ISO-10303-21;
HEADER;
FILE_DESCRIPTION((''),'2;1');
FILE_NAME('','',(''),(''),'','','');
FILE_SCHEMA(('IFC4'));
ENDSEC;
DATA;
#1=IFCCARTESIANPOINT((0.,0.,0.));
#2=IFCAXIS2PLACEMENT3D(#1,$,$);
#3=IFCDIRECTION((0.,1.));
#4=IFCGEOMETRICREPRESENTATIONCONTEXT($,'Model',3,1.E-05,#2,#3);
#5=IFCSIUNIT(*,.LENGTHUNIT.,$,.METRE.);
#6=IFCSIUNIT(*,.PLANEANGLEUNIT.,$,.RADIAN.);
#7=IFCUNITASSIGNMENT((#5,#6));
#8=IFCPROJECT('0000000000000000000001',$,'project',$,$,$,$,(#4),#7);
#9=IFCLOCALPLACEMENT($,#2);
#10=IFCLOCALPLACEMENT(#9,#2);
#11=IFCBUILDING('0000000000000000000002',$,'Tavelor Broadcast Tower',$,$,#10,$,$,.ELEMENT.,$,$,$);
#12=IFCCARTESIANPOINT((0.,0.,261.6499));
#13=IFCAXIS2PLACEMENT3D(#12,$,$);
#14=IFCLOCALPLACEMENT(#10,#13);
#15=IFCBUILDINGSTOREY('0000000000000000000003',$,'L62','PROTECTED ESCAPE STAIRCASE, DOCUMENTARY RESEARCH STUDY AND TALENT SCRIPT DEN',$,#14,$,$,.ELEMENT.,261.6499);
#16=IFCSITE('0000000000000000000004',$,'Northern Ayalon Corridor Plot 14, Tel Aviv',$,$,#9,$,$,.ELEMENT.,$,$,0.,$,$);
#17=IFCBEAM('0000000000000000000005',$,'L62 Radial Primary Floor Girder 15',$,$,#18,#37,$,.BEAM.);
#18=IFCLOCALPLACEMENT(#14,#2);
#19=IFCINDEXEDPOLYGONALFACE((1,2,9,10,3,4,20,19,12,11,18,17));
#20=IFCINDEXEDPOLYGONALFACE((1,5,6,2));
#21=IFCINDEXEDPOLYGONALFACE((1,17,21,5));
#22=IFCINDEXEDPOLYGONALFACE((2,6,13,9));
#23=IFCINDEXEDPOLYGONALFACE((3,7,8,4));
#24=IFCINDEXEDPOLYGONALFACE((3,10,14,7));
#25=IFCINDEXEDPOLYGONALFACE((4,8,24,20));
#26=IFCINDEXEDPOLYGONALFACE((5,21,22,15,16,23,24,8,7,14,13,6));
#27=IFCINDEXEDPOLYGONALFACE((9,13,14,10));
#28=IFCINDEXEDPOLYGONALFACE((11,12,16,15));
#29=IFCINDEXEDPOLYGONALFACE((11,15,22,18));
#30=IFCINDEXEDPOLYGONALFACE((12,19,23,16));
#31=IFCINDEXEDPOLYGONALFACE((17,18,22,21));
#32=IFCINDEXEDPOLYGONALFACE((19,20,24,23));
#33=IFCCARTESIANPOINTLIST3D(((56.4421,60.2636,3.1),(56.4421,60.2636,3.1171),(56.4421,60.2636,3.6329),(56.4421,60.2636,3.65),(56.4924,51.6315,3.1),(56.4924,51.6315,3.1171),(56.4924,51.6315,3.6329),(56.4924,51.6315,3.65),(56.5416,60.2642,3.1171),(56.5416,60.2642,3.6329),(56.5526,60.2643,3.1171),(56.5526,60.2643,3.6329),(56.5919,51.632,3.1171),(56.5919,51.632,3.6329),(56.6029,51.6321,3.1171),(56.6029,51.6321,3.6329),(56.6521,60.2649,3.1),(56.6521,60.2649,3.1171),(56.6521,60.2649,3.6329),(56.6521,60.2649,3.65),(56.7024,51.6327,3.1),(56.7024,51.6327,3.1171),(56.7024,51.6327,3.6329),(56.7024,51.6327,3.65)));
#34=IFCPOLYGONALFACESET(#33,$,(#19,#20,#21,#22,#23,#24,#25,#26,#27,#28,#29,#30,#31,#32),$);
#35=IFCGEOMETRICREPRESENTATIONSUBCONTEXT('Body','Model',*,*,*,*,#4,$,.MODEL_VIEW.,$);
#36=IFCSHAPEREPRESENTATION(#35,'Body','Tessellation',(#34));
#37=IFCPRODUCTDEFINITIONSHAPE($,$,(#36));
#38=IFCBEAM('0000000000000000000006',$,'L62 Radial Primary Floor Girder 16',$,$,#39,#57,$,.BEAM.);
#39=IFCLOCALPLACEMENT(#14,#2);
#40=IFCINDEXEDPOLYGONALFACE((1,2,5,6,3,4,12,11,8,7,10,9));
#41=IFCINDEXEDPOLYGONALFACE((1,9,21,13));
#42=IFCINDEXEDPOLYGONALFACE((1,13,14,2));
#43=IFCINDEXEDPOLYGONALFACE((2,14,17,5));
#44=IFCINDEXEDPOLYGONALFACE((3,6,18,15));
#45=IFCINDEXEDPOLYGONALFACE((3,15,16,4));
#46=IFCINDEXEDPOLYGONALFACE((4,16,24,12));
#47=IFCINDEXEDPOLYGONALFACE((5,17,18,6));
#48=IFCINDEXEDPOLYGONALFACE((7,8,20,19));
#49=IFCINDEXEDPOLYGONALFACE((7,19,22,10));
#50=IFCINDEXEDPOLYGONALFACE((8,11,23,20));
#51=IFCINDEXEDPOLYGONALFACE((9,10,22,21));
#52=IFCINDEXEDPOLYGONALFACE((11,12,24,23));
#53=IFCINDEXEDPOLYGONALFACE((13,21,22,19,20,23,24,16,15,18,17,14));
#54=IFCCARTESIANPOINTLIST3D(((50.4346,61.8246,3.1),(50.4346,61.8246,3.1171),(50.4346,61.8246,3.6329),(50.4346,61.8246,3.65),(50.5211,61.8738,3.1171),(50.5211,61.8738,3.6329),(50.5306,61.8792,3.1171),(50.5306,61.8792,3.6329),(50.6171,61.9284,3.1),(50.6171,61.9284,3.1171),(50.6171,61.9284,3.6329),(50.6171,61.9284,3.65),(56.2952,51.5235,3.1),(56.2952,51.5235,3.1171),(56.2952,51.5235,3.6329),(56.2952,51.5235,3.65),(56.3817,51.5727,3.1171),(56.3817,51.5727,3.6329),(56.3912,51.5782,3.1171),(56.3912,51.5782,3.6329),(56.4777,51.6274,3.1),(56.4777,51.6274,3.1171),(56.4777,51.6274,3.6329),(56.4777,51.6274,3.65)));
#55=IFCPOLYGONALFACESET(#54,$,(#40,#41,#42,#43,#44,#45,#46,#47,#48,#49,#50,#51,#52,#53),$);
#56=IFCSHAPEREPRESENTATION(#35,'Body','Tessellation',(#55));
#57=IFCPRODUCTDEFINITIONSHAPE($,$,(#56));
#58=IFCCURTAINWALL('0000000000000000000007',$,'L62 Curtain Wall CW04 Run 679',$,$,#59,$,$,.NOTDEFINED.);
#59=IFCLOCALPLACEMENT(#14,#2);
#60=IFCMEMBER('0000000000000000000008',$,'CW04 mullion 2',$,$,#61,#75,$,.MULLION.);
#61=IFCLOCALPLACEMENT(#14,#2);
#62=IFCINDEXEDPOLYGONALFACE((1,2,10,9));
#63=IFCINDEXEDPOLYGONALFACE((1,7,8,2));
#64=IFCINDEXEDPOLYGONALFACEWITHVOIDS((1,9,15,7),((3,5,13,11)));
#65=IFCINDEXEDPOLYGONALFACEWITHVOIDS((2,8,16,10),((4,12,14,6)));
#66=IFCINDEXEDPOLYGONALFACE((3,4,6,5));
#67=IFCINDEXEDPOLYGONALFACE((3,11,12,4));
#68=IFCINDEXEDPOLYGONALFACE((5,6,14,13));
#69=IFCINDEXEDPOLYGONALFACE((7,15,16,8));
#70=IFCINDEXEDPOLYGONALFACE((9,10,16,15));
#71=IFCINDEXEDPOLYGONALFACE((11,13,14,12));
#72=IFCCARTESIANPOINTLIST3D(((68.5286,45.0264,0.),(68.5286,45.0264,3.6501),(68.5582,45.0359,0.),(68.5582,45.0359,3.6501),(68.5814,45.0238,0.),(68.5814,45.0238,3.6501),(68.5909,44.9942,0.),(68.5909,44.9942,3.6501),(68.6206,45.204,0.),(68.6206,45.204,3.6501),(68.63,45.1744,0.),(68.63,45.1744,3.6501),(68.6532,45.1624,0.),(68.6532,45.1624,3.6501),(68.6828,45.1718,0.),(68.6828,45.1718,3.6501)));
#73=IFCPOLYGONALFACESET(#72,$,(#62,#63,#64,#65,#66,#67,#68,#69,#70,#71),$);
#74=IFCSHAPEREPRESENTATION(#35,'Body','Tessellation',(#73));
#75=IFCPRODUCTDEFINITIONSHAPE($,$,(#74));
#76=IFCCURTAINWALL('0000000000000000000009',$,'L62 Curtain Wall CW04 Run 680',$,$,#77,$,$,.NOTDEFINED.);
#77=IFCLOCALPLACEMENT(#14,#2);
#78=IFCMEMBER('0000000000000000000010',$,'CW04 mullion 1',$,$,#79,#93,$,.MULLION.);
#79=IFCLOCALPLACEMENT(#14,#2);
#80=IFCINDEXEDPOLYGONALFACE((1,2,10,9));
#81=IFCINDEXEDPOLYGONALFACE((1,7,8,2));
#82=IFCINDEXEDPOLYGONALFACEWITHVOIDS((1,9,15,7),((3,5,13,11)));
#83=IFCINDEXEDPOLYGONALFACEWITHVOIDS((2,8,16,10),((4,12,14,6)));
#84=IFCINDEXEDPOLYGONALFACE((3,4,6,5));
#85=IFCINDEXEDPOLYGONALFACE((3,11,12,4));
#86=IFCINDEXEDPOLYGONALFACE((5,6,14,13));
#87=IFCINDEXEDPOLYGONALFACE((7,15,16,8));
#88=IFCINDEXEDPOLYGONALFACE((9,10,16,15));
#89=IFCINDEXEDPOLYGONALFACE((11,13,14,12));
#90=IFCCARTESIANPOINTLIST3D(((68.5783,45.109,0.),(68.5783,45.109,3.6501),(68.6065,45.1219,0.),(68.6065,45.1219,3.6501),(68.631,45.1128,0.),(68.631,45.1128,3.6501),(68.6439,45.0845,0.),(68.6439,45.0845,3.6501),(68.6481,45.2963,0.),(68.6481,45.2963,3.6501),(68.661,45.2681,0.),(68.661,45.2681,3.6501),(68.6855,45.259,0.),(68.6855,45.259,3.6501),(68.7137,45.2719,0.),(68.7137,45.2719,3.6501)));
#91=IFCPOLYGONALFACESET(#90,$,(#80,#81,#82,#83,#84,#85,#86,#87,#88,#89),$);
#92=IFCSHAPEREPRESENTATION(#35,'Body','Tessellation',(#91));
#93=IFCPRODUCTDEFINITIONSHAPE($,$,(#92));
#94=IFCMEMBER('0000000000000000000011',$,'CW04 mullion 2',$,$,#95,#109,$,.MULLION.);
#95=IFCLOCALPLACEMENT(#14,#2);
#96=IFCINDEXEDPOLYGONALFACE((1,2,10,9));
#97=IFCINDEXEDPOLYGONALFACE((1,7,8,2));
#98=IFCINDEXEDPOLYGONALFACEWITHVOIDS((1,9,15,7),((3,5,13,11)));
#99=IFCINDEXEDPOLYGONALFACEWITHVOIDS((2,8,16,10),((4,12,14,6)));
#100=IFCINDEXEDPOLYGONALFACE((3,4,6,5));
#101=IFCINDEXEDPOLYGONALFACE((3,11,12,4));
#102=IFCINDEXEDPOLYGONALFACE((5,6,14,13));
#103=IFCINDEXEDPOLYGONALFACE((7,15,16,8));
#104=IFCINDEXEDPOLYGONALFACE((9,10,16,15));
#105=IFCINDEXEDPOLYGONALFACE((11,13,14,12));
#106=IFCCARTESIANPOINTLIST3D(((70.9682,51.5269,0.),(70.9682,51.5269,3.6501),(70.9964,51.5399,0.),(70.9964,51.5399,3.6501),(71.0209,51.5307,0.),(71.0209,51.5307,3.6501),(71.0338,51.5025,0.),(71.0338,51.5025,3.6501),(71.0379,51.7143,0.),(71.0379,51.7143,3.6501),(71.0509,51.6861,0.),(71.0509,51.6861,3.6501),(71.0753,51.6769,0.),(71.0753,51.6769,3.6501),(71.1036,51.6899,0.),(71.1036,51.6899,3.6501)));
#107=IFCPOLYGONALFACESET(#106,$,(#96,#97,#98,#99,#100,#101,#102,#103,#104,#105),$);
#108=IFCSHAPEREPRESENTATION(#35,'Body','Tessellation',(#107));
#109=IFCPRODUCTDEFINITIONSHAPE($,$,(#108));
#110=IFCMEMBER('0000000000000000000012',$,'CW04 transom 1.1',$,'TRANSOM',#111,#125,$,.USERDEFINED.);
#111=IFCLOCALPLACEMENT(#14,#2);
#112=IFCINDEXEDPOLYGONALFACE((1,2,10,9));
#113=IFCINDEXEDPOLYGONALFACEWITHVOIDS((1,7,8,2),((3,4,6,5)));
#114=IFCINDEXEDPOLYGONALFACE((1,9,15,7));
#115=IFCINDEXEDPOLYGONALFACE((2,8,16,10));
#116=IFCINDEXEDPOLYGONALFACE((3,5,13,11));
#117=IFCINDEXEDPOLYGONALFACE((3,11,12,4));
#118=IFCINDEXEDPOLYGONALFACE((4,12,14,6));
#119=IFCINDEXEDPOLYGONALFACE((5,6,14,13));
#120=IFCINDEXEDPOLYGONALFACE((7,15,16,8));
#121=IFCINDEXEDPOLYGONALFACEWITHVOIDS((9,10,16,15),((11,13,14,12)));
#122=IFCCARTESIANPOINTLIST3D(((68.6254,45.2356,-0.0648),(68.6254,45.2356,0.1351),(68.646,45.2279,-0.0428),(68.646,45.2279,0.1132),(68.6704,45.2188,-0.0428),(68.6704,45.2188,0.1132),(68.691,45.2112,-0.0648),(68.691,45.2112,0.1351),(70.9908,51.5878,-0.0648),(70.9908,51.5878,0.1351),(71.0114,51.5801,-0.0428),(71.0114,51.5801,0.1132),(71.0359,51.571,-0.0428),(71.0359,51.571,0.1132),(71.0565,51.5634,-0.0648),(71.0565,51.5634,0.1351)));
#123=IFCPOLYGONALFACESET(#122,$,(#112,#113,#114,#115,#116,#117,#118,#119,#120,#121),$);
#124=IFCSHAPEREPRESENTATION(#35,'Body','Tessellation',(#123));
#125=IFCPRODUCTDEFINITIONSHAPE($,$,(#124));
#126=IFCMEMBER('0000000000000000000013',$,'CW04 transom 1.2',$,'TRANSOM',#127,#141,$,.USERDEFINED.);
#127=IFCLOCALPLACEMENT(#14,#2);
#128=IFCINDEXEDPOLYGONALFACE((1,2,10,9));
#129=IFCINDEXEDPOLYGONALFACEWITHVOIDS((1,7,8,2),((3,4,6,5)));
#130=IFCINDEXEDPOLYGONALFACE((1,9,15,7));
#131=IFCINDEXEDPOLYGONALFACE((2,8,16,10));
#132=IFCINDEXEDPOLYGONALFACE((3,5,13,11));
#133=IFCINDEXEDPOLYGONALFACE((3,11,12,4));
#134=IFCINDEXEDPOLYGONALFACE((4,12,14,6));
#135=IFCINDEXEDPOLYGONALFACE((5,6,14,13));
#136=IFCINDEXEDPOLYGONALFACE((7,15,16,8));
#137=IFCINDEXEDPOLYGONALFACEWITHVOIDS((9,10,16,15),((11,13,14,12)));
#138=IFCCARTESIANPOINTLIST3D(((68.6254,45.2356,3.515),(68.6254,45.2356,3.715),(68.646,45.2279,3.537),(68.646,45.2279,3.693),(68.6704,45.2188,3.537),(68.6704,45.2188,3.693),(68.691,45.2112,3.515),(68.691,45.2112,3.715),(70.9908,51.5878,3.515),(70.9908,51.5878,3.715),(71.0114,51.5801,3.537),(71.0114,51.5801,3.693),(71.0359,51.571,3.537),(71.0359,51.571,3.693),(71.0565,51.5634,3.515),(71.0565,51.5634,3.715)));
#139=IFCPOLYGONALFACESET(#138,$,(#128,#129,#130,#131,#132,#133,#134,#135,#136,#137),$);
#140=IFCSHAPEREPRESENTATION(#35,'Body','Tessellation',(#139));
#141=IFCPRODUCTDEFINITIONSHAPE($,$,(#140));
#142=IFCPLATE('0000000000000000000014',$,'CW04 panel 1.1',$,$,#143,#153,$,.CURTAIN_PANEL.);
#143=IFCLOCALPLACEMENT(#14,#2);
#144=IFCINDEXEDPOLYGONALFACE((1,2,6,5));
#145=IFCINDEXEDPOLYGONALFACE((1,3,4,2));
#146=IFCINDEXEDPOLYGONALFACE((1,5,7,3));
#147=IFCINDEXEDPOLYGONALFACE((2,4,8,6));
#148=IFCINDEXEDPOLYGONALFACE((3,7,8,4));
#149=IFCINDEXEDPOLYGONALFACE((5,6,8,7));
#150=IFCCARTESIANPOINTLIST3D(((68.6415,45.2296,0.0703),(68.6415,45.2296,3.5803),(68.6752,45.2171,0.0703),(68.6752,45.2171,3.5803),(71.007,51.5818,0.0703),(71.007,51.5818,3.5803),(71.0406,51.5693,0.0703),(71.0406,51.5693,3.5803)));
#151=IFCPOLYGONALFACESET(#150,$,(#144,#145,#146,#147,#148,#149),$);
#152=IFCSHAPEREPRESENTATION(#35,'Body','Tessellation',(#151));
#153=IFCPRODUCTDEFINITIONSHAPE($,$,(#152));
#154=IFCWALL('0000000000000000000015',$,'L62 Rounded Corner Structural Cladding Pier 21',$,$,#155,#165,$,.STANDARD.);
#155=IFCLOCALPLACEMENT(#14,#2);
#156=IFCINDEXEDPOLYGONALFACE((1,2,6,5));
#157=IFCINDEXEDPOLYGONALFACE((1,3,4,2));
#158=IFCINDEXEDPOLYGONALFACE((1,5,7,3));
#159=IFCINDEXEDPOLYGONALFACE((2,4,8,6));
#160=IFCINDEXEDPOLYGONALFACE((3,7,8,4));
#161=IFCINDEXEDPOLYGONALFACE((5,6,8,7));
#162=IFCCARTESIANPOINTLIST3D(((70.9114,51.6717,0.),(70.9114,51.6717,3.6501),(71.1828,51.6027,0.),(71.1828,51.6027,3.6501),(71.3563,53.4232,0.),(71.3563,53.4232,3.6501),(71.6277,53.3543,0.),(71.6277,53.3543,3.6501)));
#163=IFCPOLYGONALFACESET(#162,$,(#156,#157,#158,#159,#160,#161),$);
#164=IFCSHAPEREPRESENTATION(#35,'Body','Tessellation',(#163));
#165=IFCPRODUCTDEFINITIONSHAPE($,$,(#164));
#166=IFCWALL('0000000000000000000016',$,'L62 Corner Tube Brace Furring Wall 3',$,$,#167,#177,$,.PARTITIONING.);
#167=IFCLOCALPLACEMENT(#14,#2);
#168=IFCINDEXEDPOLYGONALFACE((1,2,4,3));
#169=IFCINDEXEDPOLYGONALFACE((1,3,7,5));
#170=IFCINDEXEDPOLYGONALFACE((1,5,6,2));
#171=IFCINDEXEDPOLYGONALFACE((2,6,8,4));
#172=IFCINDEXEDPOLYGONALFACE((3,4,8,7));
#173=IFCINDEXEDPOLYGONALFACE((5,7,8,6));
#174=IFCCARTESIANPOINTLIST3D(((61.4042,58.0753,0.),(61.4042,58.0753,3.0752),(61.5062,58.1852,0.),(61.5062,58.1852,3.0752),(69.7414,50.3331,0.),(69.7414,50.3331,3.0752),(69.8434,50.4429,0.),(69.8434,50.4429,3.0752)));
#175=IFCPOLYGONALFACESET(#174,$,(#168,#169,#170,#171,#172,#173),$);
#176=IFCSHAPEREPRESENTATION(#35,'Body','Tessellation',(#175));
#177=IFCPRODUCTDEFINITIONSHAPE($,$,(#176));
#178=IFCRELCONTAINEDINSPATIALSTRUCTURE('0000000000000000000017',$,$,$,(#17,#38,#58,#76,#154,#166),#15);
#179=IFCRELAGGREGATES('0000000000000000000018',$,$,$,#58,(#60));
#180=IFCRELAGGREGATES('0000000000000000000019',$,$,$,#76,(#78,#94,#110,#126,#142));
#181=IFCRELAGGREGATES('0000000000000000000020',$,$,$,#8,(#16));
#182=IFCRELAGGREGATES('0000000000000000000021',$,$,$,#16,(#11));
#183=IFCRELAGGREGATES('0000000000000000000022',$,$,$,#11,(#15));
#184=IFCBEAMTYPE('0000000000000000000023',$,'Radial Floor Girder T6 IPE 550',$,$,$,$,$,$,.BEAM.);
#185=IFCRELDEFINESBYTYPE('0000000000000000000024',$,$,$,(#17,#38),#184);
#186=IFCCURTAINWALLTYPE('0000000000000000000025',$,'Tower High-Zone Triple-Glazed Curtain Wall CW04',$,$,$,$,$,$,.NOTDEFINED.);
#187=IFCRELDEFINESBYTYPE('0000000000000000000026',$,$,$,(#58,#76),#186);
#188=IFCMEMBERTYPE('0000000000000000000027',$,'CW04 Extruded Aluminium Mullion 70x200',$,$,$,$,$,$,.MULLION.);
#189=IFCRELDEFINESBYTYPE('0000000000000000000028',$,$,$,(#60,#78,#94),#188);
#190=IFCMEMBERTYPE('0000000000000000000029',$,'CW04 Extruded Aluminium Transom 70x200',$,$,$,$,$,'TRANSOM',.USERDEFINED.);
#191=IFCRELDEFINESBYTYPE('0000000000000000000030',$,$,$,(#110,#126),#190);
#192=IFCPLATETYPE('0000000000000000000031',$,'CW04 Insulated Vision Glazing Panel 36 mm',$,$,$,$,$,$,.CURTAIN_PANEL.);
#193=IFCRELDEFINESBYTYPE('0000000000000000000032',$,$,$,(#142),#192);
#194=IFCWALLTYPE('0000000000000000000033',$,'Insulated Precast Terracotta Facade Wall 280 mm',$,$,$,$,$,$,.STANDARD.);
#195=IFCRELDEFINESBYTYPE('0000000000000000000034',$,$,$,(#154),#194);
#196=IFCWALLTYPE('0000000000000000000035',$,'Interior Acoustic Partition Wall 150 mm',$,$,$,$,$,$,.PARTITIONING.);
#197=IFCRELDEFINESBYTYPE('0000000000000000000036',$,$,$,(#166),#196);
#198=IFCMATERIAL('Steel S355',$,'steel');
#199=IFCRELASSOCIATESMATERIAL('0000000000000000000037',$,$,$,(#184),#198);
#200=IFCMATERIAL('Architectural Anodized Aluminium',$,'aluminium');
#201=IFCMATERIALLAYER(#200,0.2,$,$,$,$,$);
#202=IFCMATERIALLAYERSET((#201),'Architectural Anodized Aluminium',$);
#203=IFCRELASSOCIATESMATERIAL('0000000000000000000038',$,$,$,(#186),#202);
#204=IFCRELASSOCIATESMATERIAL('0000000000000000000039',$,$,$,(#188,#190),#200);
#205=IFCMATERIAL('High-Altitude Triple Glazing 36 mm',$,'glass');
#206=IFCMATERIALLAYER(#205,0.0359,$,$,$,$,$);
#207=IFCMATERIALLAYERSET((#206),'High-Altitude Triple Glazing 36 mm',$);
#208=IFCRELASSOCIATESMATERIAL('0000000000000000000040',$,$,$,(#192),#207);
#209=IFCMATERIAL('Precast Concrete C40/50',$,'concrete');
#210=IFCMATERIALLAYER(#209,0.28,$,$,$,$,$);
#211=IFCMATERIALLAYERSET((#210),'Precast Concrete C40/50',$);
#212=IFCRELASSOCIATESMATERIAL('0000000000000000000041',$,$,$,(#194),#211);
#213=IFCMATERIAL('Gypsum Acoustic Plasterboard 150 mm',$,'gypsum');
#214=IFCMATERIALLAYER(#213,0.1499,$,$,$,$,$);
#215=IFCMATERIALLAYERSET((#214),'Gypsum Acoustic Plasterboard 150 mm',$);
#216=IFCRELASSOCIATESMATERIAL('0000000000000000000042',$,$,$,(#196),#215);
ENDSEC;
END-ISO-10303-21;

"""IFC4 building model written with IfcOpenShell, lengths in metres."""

from ifc_helpers import new_model, si_unit, direction, frame, frame_2d, origin, origin_2d, place, context, subcontext, project, spatial, rectangle, hollow_rectangle, i_section, extrude, source, transform, mapped, material, layer, layer_set, material_profile, profile_set, type_object, type_shapes, element, aggregate, save


model = new_model("IFC4")

# Units and contexts
model_context = context("Model", 3, precision=1e-05, world=origin(), true_north=direction((0.0, 1.0)))
body_context = subcontext(model_context, "Body", "Model", "MODEL_VIEW")
ifc_project = project(units=[si_unit("LENGTHUNIT", "METRE"), si_unit("PLANEANGLEUNIT", "RADIAN")], contexts=[model_context])

# Site, building, storey
site_placement = place(None, origin())
site = spatial("IfcSite", under=ifc_project, at=site_placement, Name="Northern Ayalon Corridor Plot 14, Tel Aviv", CompositionType="ELEMENT", RefElevation=0.0)
building_placement = place(site_placement, origin())
building = spatial("IfcBuilding", under=site, at=building_placement, Name="Tavelor Broadcast Tower", CompositionType="ELEMENT")
storey_placement = place(building_placement, frame((0.0, 0.0, 261.6499)))
storey = spatial("IfcBuildingStorey", under=building, at=storey_placement, Name="L62", Description="PROTECTED ESCAPE STAIRCASE, DOCUMENTARY RESEARCH STUDY AND TALENT SCRIPT DEN", CompositionType="ELEMENT", Elevation=261.6499)

# Beams
ifc_material_1 = material(Name="Steel S355", Category="steel")
ifc_material_profile_1 = material_profile(ifc_material_1, i_section(OverallWidth=0.21, OverallDepth=0.55, WebThickness=0.011, FlangeThickness=0.0171, at=origin_2d()), Name="IPE 550")
ifc_profile_set_1 = profile_set([ifc_material_profile_1], Name="Steel S355")
beam_type_1 = type_object("IfcBeamType", Name="Radial Floor Girder T6 IPE 550", PredefinedType="BEAM", material=ifc_profile_set_1)
beam_1_placement = place(storey_placement, frame((56.5974, 51.6321, 3.375), z_axis=(-0.005826, 0.999983, 0.0), x_axis=(-0.999983, -0.005826, 0.0)))
element("IfcBeam", 1, at=beam_1_placement, inside=storey, type_object=beam_type_1, Name="L62 Radial Primary Floor Girder 15", PredefinedType="BEAM", context=body_context, shape_type="SweptSolid", body=[
    extrude(i_section(OverallWidth=0.21, OverallDepth=0.55, WebThickness=0.011, FlangeThickness=0.0171, at=origin_2d()), origin(), (0.0, 0.0, 1.0), 8.6323),
])
beam_2_placement = place(storey_placement, frame((56.3865, 51.5754, 3.375), z_axis=(-0.494503, 0.869176, 0.0), x_axis=(-0.869176, -0.494503, 0.0)))
element("IfcBeam", 2, at=beam_2_placement, inside=storey, type_object=beam_type_1, Name="L62 Radial Primary Floor Girder 16", PredefinedType="BEAM", context=body_context, shape_type="SweptSolid", body=[
    extrude(i_section(OverallWidth=0.21, OverallDepth=0.55, WebThickness=0.011, FlangeThickness=0.0171, at=origin_2d()), origin(), (0.0, 0.0, 1.0), 11.8516),
])

# Curtain wall, member
ifc_material_2 = material(Name="Architectural Anodized Aluminium", Category="aluminium")
ifc_layer_1 = layer(ifc_material_2, 0.2)
ifc_layer_set_1 = layer_set([ifc_layer_1], Name="Architectural Anodized Aluminium")
curtain_wall_type = type_object("IfcCurtainWallType", Name="Tower High-Zone Triple-Glazed Curtain Wall CW04", PredefinedType="NOTDEFINED", material=ifc_layer_set_1)
curtain_wall_1_placement = place(storey_placement, origin())
curtain_wall_1 = element("IfcCurtainWall", 3, at=curtain_wall_1_placement, inside=storey, type_object=curtain_wall_type, Name="L62 Curtain Wall CW04 Run 679", PredefinedType="NOTDEFINED")
ifc_material_profile_2 = material_profile(ifc_material_2, hollow_rectangle(XDim=0.0701, YDim=0.2, WallThickness=0.022, at=origin_2d()), Name="RHS 70x200x22")
ifc_profile_set_2 = profile_set([ifc_material_profile_2], Name="Architectural Anodized Aluminium")
member_type_1 = type_object("IfcMemberType", Name="CW04 Extruded Aluminium Mullion 70x200", PredefinedType="MULLION", material=ifc_profile_set_2)
shared_shape_1 = source(origin(), body_context, "Body", "SweptSolid", [
    extrude(hollow_rectangle(XDim=0.0701, YDim=0.2, WallThickness=0.022, at=origin_2d()), origin(), (0.0, 0.0, 1.0), 3.6501),
])
type_shapes(member_type_1, [shared_shape_1])
member_1_placement = place(storey_placement, frame((68.6057, 45.0991, 0.0), z_axis=(0.0, 0.0, 1.0), x_axis=(-0.888024, 0.459797, 0.0)))
member_1 = element("IfcMember", 4, at=member_1_placement, type_object=member_type_1, Name="CW04 mullion 2", PredefinedType="MULLION", context=body_context, shape_type="MappedRepresentation", body=[
    mapped(shared_shape_1, transform((0.0, 0.0, 0.0), scale=1.0)),
])
aggregate(curtain_wall_1, [member_1])

# Curtain wall, members, plate
curtain_wall_2_placement = place(storey_placement, origin())
curtain_wall_2 = element("IfcCurtainWall", 5, at=curtain_wall_2_placement, inside=storey, type_object=curtain_wall_type, Name="L62 Curtain Wall CW04 Run 680", PredefinedType="NOTDEFINED")
member_2_placement = place(storey_placement, frame((68.646, 45.1904, 0.0), z_axis=(0.0, 0.0, 1.0), x_axis=(-0.937135, 0.348967, 0.0)))
member_2 = element("IfcMember", 6, at=member_2_placement, type_object=member_type_1, Name="CW04 mullion 1", PredefinedType="MULLION", context=body_context, shape_type="MappedRepresentation", body=[
    mapped(shared_shape_1, transform((0.0, 0.0, 0.0), scale=1.0)),
])
member_3_placement = place(storey_placement, frame((71.0359, 51.6084, 0.0), z_axis=(0.0, 0.0, 1.0), x_axis=(-0.937135, 0.348967, 0.0)))
member_3 = element("IfcMember", 7, at=member_3_placement, type_object=member_type_1, Name="CW04 mullion 2", PredefinedType="MULLION", context=body_context, shape_type="MappedRepresentation", body=[
    mapped(shared_shape_1, transform((0.0, 0.0, 0.0), scale=1.0)),
])
ifc_material_profile_3 = material_profile(ifc_material_2, hollow_rectangle(XDim=0.0701, YDim=0.2, WallThickness=0.022, at=origin_2d()), Name="RHS 70x200x22")
ifc_profile_set_3 = profile_set([ifc_material_profile_3], Name="Architectural Anodized Aluminium")
member_type_2 = type_object("IfcMemberType", Name="CW04 Extruded Aluminium Transom 70x200", ElementType="TRANSOM", PredefinedType="USERDEFINED", material=ifc_profile_set_3)
shared_shape_2 = source(origin(), body_context, "Body", "SweptSolid", [
    extrude(hollow_rectangle(XDim=0.0701, YDim=0.2, WallThickness=0.022, at=origin_2d()), origin(), (0.0, 0.0, 1.0), 6.7783),
])
type_shapes(member_type_2, [shared_shape_2])
member_4_placement = place(storey_placement, frame((68.6582, 45.2234, 0.0352), z_axis=(0.348971, 0.937133, 0.0), x_axis=(-0.937133, 0.348971, 0.0)))
member_4 = element("IfcMember", 8, at=member_4_placement, type_object=member_type_2, Name="CW04 transom 1.1", ObjectType="TRANSOM", PredefinedType="USERDEFINED", context=body_context, shape_type="MappedRepresentation", body=[
    mapped(shared_shape_2, transform((0.0, 0.0, 0.0), scale=1.0)),
])
member_5_placement = place(storey_placement, frame((68.6582, 45.2234, 3.615), z_axis=(0.348971, 0.937133, 0.0), x_axis=(-0.937133, 0.348971, 0.0)))
member_5 = element("IfcMember", 9, at=member_5_placement, type_object=member_type_2, Name="CW04 transom 1.2", ObjectType="TRANSOM", PredefinedType="USERDEFINED", context=body_context, shape_type="MappedRepresentation", body=[
    mapped(shared_shape_2, transform((0.0, 0.0, 0.0), scale=1.0)),
])
ifc_material_3 = material(Name="High-Altitude Triple Glazing 36 mm", Category="glass")
ifc_layer_2 = layer(ifc_material_3, 0.0359)
ifc_layer_set_2 = layer_set([ifc_layer_2], Name="High-Altitude Triple Glazing 36 mm")
plate_type = type_object("IfcPlateType", Name="CW04 Insulated Vision Glazing Panel 36 mm", PredefinedType="CURTAIN_PANEL", material=ifc_layer_set_2)
shared_shape_3 = source(origin(), body_context, "Body", "SweptSolid", [
    extrude(rectangle(XDim=6.7783, YDim=0.0359, at=origin_2d()), origin(), (0.0, 0.0, 1.0), 3.51),
])
type_shapes(plate_type, [shared_shape_3])
plate_placement = place(storey_placement, frame((69.8411, 48.3994, 0.0703), z_axis=(0.0, 0.0, 1.0), x_axis=(0.348967, 0.937135, 0.0)))
plate = element("IfcPlate", 10, at=plate_placement, type_object=plate_type, Name="CW04 panel 1.1", PredefinedType="CURTAIN_PANEL", context=body_context, shape_type="MappedRepresentation", body=[
    mapped(shared_shape_3, transform((0.0, 0.0, 0.0), scale=1.0)),
])
aggregate(curtain_wall_2, [member_2, member_3, member_4, member_5, plate])

# Walls
ifc_material_4 = material(Name="Precast Concrete C40/50", Category="concrete")
ifc_layer_3 = layer(ifc_material_4, 0.28)
ifc_layer_set_3 = layer_set([ifc_layer_3], Name="Precast Concrete C40/50")
wall_type_1 = type_object("IfcWallType", Name="Insulated Precast Terracotta Facade Wall 280 mm", PredefinedType="STANDARD", material=ifc_layer_set_3)
wall_1_placement = place(storey_placement, frame((71.0471, 51.6372, 0.0), z_axis=(0.0, 0.0, 1.0), x_axis=(0.246158, 0.96923, 0.0)))
element("IfcWall", 11, at=wall_1_placement, inside=storey, type_object=wall_type_1, Name="L62 Rounded Corner Structural Cladding Pier 21", PredefinedType="STANDARD", context=body_context, shape_type="SweptSolid", body=[
    extrude(rectangle(XDim=1.8071, YDim=0.28, at=frame_2d((0.9036, 0.0))), origin(), (0.0, 0.0, 1.0), 3.6501),
])
ifc_material_5 = material(Name="Gypsum Acoustic Plasterboard 150 mm", Category="gypsum")
ifc_layer_4 = layer(ifc_material_5, 0.1499)
ifc_layer_set_4 = layer_set([ifc_layer_4], Name="Gypsum Acoustic Plasterboard 150 mm")
wall_type_2 = type_object("IfcWallType", Name="Interior Acoustic Partition Wall 150 mm", PredefinedType="PARTITIONING", material=ifc_layer_set_4)
wall_2_placement = place(storey_placement, frame((69.7925, 50.3879, 0.0), z_axis=(0.0, 0.0, 1.0), x_axis=(-0.73277, 0.680477, 0.0)))
element("IfcWall", 12, at=wall_2_placement, inside=storey, type_object=wall_type_2, Name="L62 Corner Tube Brace Furring Wall 3", PredefinedType="PARTITIONING", context=body_context, shape_type="SweptSolid", body=[
    extrude(rectangle(XDim=11.3777, YDim=0.1499, at=frame_2d((5.689, 0.0))), origin(), (0.0, 0.0, 1.0), 3.0752),
])

save(model, "model.ifc")
